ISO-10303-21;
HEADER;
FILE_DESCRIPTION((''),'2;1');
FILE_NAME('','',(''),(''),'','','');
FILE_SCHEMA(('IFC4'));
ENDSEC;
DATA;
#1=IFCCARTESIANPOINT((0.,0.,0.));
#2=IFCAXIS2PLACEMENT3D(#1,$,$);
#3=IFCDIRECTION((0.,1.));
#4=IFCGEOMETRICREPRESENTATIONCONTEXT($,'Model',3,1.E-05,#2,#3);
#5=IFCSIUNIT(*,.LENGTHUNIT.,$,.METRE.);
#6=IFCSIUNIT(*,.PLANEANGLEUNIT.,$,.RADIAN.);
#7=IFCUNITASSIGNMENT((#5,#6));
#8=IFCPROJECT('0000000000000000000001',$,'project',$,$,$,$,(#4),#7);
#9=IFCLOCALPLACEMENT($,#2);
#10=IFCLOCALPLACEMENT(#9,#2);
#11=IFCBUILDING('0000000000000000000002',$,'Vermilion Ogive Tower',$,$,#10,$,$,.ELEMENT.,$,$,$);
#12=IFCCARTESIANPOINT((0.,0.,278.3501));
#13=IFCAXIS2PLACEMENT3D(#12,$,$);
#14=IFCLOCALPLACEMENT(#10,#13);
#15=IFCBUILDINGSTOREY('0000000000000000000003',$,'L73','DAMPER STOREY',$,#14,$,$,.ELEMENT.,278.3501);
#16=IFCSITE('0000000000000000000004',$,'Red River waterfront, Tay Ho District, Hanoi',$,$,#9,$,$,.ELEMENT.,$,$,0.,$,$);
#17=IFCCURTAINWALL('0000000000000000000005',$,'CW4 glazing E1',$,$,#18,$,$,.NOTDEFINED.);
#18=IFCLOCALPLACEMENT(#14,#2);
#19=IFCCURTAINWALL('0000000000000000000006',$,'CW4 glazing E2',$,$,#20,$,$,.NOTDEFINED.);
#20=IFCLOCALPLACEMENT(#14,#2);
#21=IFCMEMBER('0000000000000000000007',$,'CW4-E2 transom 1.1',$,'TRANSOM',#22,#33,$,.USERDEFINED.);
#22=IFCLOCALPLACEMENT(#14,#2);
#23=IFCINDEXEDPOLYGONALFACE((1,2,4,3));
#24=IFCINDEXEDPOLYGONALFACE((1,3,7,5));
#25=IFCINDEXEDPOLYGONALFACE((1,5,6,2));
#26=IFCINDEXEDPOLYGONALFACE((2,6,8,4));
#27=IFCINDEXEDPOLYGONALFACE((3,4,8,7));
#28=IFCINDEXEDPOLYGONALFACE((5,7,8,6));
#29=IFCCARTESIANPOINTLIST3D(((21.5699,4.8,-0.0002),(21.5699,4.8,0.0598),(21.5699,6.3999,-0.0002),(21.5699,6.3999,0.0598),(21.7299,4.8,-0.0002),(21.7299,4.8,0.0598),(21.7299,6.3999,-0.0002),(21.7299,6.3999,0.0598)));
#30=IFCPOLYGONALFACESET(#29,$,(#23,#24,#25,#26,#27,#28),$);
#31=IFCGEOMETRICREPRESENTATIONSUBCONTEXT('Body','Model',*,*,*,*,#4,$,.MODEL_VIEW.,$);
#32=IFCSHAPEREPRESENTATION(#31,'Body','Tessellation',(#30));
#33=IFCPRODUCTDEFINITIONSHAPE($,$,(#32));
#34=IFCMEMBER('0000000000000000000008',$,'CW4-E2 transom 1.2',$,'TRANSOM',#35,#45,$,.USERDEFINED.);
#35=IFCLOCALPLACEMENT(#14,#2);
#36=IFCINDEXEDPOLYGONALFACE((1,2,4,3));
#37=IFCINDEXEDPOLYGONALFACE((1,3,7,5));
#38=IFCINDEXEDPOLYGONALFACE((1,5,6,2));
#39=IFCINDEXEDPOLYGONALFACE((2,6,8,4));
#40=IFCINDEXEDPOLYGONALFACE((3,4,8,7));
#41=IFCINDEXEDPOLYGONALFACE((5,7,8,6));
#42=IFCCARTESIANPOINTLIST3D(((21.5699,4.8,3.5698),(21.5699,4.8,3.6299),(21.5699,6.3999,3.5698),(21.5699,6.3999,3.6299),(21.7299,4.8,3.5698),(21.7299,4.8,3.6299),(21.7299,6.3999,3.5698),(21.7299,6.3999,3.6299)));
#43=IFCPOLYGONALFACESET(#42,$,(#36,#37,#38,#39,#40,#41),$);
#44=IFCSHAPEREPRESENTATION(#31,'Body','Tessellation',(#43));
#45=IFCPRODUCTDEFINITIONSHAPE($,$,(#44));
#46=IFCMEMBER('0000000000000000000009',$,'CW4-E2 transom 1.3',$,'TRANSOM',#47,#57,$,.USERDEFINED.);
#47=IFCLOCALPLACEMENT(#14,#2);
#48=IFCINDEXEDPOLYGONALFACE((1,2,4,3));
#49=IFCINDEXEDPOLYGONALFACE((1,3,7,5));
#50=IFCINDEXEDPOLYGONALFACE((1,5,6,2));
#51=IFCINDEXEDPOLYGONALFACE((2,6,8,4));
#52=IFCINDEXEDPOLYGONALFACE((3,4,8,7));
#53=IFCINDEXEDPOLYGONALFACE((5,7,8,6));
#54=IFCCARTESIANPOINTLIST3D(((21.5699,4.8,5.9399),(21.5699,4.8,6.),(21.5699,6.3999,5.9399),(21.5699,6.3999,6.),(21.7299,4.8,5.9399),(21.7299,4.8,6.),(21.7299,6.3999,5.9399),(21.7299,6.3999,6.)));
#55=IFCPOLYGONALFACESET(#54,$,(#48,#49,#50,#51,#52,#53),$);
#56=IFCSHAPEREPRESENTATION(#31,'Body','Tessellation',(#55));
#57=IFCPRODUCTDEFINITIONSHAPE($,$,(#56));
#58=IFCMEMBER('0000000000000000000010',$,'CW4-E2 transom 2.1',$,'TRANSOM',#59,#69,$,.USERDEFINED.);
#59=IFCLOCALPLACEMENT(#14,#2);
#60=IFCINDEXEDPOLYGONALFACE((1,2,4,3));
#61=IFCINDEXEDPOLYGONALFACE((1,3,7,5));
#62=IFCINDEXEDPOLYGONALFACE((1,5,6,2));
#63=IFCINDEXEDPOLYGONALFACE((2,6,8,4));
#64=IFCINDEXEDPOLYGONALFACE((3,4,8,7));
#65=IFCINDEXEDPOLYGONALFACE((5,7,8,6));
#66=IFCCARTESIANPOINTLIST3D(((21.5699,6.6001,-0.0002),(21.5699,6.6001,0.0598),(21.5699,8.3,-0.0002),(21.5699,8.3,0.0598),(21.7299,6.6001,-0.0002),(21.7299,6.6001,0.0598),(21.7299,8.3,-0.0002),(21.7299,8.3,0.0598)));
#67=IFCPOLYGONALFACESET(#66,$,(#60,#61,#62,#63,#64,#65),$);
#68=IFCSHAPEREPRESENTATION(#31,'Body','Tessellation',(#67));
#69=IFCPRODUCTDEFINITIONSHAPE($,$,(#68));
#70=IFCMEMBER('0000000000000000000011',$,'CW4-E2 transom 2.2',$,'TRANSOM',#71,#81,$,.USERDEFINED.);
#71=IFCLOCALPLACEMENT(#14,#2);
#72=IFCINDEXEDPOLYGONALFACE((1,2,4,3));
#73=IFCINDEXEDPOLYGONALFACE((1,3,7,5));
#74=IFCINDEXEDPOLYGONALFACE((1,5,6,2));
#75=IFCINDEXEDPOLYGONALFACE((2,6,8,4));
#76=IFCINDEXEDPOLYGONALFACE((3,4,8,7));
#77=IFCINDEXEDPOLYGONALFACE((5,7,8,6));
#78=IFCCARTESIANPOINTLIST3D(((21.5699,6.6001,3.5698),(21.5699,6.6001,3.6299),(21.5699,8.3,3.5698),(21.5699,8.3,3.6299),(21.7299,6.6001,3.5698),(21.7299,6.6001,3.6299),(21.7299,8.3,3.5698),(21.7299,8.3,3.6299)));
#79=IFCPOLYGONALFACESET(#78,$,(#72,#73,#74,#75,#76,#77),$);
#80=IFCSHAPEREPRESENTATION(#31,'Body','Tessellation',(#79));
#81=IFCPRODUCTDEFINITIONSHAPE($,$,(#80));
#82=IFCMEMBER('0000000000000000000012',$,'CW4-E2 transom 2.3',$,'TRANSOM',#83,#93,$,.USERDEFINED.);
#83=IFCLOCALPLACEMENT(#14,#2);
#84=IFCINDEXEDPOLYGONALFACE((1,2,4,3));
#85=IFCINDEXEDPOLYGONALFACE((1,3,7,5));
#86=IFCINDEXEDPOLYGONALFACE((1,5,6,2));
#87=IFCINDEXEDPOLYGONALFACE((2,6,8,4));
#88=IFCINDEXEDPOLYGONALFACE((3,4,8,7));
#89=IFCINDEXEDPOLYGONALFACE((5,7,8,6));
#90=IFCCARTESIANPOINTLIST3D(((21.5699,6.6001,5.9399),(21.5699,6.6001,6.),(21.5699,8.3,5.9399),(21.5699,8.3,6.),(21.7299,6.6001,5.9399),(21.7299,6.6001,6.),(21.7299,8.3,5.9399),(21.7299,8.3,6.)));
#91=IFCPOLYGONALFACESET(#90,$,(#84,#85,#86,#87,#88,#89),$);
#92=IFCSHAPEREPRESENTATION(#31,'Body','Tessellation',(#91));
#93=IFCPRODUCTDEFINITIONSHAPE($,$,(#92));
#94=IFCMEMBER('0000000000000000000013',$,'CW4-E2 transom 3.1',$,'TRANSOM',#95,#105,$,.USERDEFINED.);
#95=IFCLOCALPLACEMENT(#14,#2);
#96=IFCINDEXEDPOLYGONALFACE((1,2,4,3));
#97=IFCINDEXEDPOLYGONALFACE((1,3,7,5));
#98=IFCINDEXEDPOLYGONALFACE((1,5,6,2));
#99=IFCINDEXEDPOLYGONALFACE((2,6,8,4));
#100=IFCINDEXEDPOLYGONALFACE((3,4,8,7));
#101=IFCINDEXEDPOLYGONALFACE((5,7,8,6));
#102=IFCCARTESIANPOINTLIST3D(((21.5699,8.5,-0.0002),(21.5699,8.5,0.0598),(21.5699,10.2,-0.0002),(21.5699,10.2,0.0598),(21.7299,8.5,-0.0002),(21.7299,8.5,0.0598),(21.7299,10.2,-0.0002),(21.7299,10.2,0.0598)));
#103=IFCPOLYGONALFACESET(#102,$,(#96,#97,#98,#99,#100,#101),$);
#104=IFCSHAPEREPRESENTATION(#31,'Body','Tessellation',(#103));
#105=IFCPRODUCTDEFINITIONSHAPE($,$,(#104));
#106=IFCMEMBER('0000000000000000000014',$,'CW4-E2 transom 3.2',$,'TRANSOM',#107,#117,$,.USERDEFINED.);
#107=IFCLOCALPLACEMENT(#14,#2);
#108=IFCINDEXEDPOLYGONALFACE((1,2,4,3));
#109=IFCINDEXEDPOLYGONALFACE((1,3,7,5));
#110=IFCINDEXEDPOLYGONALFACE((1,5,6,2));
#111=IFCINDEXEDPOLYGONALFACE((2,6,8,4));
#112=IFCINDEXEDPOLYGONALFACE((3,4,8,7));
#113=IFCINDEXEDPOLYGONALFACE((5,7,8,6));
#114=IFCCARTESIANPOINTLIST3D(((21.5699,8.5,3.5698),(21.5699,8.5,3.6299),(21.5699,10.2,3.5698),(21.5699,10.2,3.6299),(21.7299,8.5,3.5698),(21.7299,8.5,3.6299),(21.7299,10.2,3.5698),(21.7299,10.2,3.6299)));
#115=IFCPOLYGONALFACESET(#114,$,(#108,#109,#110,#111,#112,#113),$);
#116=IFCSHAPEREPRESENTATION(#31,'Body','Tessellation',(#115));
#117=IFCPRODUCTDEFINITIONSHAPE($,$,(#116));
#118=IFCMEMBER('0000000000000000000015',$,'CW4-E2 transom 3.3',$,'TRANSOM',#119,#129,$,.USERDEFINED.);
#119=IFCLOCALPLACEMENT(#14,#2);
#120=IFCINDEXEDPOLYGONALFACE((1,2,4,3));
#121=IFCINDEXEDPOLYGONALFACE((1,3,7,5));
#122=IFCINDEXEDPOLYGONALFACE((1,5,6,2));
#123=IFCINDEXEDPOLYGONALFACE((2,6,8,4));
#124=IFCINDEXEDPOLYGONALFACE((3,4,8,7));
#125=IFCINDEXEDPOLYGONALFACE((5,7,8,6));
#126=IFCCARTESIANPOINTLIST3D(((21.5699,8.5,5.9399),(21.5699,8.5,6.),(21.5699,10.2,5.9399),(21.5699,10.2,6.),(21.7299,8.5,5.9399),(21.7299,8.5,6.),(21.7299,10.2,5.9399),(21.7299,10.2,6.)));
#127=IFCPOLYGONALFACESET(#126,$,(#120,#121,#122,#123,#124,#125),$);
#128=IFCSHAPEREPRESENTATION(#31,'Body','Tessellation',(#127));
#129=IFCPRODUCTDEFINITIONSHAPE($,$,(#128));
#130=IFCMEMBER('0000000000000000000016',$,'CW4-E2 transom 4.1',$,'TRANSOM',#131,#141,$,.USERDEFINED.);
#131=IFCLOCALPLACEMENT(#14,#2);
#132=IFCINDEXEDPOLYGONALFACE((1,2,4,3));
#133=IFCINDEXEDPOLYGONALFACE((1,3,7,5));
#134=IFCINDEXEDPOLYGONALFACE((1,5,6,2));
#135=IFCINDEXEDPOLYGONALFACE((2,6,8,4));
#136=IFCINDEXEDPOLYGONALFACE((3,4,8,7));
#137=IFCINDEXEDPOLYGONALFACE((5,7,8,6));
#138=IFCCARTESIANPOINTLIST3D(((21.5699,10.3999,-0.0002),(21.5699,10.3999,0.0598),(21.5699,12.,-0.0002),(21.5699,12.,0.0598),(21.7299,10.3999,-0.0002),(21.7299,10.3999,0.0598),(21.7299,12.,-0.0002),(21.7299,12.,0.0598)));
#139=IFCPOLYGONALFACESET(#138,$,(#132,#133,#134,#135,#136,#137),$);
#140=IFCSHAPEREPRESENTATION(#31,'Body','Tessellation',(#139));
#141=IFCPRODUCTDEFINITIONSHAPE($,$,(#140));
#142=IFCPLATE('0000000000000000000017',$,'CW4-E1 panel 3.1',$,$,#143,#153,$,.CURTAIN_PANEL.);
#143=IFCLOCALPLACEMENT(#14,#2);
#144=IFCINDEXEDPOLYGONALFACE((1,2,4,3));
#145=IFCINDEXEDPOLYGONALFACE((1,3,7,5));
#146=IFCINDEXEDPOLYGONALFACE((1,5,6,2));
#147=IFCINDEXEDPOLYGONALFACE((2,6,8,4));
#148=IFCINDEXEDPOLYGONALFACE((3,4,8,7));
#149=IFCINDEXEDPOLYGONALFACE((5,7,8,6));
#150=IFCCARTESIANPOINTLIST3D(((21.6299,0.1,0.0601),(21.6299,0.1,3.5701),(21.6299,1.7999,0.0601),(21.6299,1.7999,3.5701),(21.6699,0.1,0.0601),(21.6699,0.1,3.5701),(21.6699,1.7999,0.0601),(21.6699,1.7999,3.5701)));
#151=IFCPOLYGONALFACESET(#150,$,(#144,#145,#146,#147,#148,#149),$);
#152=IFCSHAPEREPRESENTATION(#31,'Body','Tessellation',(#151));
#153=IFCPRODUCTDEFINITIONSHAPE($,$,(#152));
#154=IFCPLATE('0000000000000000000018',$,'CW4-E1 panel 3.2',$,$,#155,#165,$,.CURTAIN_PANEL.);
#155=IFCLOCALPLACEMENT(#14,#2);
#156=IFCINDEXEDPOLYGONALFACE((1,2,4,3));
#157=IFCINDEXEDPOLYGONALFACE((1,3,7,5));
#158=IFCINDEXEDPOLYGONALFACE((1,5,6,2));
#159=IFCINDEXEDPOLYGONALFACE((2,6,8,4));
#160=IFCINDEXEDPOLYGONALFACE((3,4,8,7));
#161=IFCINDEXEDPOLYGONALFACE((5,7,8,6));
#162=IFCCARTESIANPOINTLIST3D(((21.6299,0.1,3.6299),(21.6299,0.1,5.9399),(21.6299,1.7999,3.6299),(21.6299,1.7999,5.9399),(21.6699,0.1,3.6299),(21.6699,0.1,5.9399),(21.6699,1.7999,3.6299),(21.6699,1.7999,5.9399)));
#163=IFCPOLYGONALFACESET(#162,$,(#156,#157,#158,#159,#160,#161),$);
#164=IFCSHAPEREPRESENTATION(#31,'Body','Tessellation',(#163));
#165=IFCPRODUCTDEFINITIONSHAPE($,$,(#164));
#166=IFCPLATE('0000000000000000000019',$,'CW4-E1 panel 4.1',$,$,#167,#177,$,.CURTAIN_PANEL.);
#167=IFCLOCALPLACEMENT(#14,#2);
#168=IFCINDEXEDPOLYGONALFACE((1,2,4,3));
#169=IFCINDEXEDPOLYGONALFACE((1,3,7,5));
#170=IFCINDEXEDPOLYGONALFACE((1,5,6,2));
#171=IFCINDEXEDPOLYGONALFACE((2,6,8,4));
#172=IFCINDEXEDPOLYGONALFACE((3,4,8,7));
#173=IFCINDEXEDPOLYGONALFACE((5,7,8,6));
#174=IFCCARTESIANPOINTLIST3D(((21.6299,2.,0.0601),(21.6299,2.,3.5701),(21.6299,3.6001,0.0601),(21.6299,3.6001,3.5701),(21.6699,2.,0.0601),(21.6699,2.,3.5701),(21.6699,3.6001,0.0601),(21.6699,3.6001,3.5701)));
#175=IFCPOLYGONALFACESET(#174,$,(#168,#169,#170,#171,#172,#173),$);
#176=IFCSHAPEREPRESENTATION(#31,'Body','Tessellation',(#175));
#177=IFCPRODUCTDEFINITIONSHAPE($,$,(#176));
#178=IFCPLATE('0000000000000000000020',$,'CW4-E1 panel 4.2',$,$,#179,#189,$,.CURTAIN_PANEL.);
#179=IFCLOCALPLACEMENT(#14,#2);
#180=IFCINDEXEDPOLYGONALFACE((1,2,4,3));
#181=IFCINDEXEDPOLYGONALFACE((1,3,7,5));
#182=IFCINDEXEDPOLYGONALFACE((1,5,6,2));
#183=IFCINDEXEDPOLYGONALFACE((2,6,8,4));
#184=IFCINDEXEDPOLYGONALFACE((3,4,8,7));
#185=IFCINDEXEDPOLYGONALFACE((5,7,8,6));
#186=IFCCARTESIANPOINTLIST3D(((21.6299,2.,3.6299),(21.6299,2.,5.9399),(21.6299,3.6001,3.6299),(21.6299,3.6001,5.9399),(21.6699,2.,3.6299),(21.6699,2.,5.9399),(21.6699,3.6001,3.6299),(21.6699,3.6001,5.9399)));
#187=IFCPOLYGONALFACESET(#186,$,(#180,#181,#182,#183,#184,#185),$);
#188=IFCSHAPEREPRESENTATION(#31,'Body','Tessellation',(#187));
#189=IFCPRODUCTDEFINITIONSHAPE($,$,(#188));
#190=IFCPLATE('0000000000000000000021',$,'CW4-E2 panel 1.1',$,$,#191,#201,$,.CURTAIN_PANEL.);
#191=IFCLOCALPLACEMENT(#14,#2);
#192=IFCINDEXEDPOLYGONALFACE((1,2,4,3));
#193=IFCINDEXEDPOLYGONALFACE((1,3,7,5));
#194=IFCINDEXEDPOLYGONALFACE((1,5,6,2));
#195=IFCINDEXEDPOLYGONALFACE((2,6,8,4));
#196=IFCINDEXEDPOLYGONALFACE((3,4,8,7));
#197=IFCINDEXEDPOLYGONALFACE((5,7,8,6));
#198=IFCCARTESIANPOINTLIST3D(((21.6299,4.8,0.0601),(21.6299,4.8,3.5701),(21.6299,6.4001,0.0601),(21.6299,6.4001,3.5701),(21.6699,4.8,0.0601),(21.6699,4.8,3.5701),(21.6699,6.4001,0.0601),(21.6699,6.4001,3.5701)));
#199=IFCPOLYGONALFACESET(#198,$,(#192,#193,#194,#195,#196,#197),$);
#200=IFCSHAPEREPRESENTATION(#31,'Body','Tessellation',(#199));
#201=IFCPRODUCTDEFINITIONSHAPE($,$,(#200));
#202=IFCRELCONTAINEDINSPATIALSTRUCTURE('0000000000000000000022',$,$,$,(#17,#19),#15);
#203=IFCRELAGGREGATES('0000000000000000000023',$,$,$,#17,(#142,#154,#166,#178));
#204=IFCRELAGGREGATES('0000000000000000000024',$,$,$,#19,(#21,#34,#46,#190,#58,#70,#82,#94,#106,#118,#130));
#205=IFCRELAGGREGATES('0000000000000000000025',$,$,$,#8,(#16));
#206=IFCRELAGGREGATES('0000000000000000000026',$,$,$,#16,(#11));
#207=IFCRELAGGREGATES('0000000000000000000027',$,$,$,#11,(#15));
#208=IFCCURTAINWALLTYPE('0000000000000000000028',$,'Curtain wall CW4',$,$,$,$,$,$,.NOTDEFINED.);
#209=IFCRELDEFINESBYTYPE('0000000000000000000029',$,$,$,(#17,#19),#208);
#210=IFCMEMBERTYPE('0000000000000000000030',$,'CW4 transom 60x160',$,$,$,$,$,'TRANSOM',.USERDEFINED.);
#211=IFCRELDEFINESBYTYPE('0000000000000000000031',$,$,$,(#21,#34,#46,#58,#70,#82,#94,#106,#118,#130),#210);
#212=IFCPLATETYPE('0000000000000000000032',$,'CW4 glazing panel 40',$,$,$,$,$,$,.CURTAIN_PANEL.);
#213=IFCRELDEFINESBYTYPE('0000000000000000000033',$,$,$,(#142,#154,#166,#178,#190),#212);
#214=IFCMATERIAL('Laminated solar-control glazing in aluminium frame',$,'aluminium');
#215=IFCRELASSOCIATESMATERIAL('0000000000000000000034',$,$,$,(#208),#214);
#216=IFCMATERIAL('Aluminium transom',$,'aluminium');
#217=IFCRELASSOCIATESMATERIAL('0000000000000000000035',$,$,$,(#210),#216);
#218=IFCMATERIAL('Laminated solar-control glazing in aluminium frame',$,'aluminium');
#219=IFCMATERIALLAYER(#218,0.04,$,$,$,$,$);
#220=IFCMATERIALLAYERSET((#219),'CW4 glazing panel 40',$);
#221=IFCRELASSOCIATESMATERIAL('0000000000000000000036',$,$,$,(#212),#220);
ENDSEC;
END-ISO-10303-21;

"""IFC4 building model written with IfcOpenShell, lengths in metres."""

from ifc_helpers import new_model, si_unit, direction, frame, origin, origin_2d, place, context, subcontext, project, spatial, rectangle, extrude, material, layer, layer_set, material_profile, profile_set, type_object, element, aggregate, save


model = new_model("IFC4")

# Units and contexts
model_context = context("Model", 3, precision=1e-05, world=origin(), true_north=direction((0.0, 1.0)))
body_context = subcontext(model_context, "Body", "Model", "MODEL_VIEW")
ifc_project = project(units=[si_unit("LENGTHUNIT", "METRE"), si_unit("PLANEANGLEUNIT", "RADIAN")], contexts=[model_context])

# Site, building, storey
site_placement = place(None, origin())
site = spatial("IfcSite", under=ifc_project, at=site_placement, Name="Red River waterfront, Tay Ho District, Hanoi", CompositionType="ELEMENT", RefElevation=0.0)
building_placement = place(site_placement, origin())
building = spatial("IfcBuilding", under=site, at=building_placement, Name="Vermilion Ogive Tower", CompositionType="ELEMENT")
storey_placement = place(building_placement, frame((0.0, 0.0, 278.3501)))
storey = spatial("IfcBuildingStorey", under=building, at=storey_placement, Name="L73", Description="DAMPER STOREY", CompositionType="ELEMENT", Elevation=278.3501)

# Curtain walls
ifc_material_1 = material(Name="Laminated solar-control glazing in aluminium frame", Category="aluminium")
curtain_wall_type = type_object("IfcCurtainWallType", Name="Curtain wall CW4", PredefinedType="NOTDEFINED", material=ifc_material_1)
curtain_wall_1_placement = place(storey_placement, origin())
curtain_wall_1 = element("IfcCurtainWall", 1, at=curtain_wall_1_placement, inside=storey, type_object=curtain_wall_type, Name="CW4 glazing E1", PredefinedType="NOTDEFINED")
curtain_wall_2_placement = place(storey_placement, origin())
curtain_wall_2 = element("IfcCurtainWall", 2, at=curtain_wall_2_placement, inside=storey, type_object=curtain_wall_type, Name="CW4 glazing E2", PredefinedType="NOTDEFINED")

# Members
ifc_material_2 = material(Name="Aluminium transom", Category="aluminium")
ifc_material_profile_1 = material_profile(ifc_material_2, rectangle(XDim=0.1599, YDim=0.0601, at=origin_2d()), Name="AL 60x160")
ifc_profile_set_1 = profile_set([ifc_material_profile_1], Name="Aluminium transom")
member_type_1 = type_object("IfcMemberType", Name="CW4 transom 60x160", ElementType="TRANSOM", PredefinedType="USERDEFINED", material=ifc_profile_set_1)
member_1_placement = place(storey_placement, frame((21.6499, 4.8, 0.0298), z_axis=(0.0, 1.0, 0.0), x_axis=(-1.0, 0.0, 0.0)))
member_1 = element("IfcMember", 3, at=member_1_placement, type_object=member_type_1, Name="CW4-E2 transom 1.1", ObjectType="TRANSOM", PredefinedType="USERDEFINED", context=body_context, shape_type="SweptSolid", body=[
    extrude(rectangle(XDim=0.1599, YDim=0.0601, at=origin_2d()), origin(), (0.0, 0.0, 1.0), 1.5999),
])
member_2_placement = place(storey_placement, frame((21.6499, 4.8, 3.5999), z_axis=(0.0, 1.0, 0.0), x_axis=(-1.0, 0.0, 0.0)))
member_2 = element("IfcMember", 4, at=member_2_placement, type_object=member_type_1, Name="CW4-E2 transom 1.2", ObjectType="TRANSOM", PredefinedType="USERDEFINED", context=body_context, shape_type="SweptSolid", body=[
    extrude(rectangle(XDim=0.1599, YDim=0.0601, at=origin_2d()), origin(), (0.0, 0.0, 1.0), 1.5999),
])
member_3_placement = place(storey_placement, frame((21.6499, 4.8, 5.97), z_axis=(0.0, 1.0, 0.0), x_axis=(-1.0, 0.0, 0.0)))
member_3 = element("IfcMember", 5, at=member_3_placement, type_object=member_type_1, Name="CW4-E2 transom 1.3", ObjectType="TRANSOM", PredefinedType="USERDEFINED", context=body_context, shape_type="SweptSolid", body=[
    extrude(rectangle(XDim=0.1599, YDim=0.0601, at=origin_2d()), origin(), (0.0, 0.0, 1.0), 1.5999),
])
member_4_placement = place(storey_placement, frame((21.6499, 6.6001, 0.0298), z_axis=(0.0, 1.0, 0.0), x_axis=(-1.0, 0.0, 0.0)))
member_4 = element("IfcMember", 6, at=member_4_placement, type_object=member_type_1, Name="CW4-E2 transom 2.1", ObjectType="TRANSOM", PredefinedType="USERDEFINED", context=body_context, shape_type="SweptSolid", body=[
    extrude(rectangle(XDim=0.1599, YDim=0.0601, at=origin_2d()), origin(), (0.0, 0.0, 1.0), 1.7),
])
member_5_placement = place(storey_placement, frame((21.6499, 6.6001, 3.5999), z_axis=(0.0, 1.0, 0.0), x_axis=(-1.0, 0.0, 0.0)))
member_5 = element("IfcMember", 7, at=member_5_placement, type_object=member_type_1, Name="CW4-E2 transom 2.2", ObjectType="TRANSOM", PredefinedType="USERDEFINED", context=body_context, shape_type="SweptSolid", body=[
    extrude(rectangle(XDim=0.1599, YDim=0.0601, at=origin_2d()), origin(), (0.0, 0.0, 1.0), 1.7),
])
member_6_placement = place(storey_placement, frame((21.6499, 6.6001, 5.97), z_axis=(0.0, 1.0, 0.0), x_axis=(-1.0, 0.0, 0.0)))
member_6 = element("IfcMember", 8, at=member_6_placement, type_object=member_type_1, Name="CW4-E2 transom 2.3", ObjectType="TRANSOM", PredefinedType="USERDEFINED", context=body_context, shape_type="SweptSolid", body=[
    extrude(rectangle(XDim=0.1599, YDim=0.0601, at=origin_2d()), origin(), (0.0, 0.0, 1.0), 1.7),
])
member_7_placement = place(storey_placement, frame((21.6499, 8.5, 0.0298), z_axis=(0.0, 1.0, 0.0), x_axis=(-1.0, 0.0, 0.0)))
member_7 = element("IfcMember", 9, at=member_7_placement, type_object=member_type_1, Name="CW4-E2 transom 3.1", ObjectType="TRANSOM", PredefinedType="USERDEFINED", context=body_context, shape_type="SweptSolid", body=[
    extrude(rectangle(XDim=0.1599, YDim=0.0601, at=origin_2d()), origin(), (0.0, 0.0, 1.0), 1.7),
])
member_8_placement = place(storey_placement, frame((21.6499, 8.5, 3.5999), z_axis=(0.0, 1.0, 0.0), x_axis=(-1.0, 0.0, 0.0)))
member_8 = element("IfcMember", 10, at=member_8_placement, type_object=member_type_1, Name="CW4-E2 transom 3.2", ObjectType="TRANSOM", PredefinedType="USERDEFINED", context=body_context, shape_type="SweptSolid", body=[
    extrude(rectangle(XDim=0.1599, YDim=0.0601, at=origin_2d()), origin(), (0.0, 0.0, 1.0), 1.7),
])
member_9_placement = place(storey_placement, frame((21.6499, 8.5, 5.97), z_axis=(0.0, 1.0, 0.0), x_axis=(-1.0, 0.0, 0.0)))
member_9 = element("IfcMember", 11, at=member_9_placement, type_object=member_type_1, Name="CW4-E2 transom 3.3", ObjectType="TRANSOM", PredefinedType="USERDEFINED", context=body_context, shape_type="SweptSolid", body=[
    extrude(rectangle(XDim=0.1599, YDim=0.0601, at=origin_2d()), origin(), (0.0, 0.0, 1.0), 1.7),
])
member_10_placement = place(storey_placement, frame((21.6499, 10.3999, 0.0298), z_axis=(0.0, 1.0, 0.0), x_axis=(-1.0, 0.0, 0.0)))
member_10 = element("IfcMember", 12, at=member_10_placement, type_object=member_type_1, Name="CW4-E2 transom 4.1", ObjectType="TRANSOM", PredefinedType="USERDEFINED", context=body_context, shape_type="SweptSolid", body=[
    extrude(rectangle(XDim=0.1599, YDim=0.0601, at=origin_2d()), origin(), (0.0, 0.0, 1.0), 1.6001),
])

# Plates
ifc_material_3 = material(Name="Laminated solar-control glazing in aluminium frame", Category="aluminium")
ifc_layer_1 = layer(ifc_material_3, 0.04)
ifc_layer_set_1 = layer_set([ifc_layer_1], Name="CW4 glazing panel 40")
plate_type = type_object("IfcPlateType", Name="CW4 glazing panel 40", PredefinedType="CURTAIN_PANEL", material=ifc_layer_set_1)
plate_1_placement = place(storey_placement, frame((21.6499, 0.95, 0.0601), z_axis=(0.0, 0.0, 1.0), x_axis=(0.0, 1.0, 0.0)))
plate_1 = element("IfcPlate", 13, at=plate_1_placement, type_object=plate_type, Name="CW4-E1 panel 3.1", PredefinedType="CURTAIN_PANEL", context=body_context, shape_type="SweptSolid", body=[
    extrude(rectangle(XDim=1.7, YDim=0.04, at=origin_2d()), origin(), (0.0, 0.0, 1.0), 3.51),
])
plate_2_placement = place(storey_placement, frame((21.6499, 0.95, 3.6299), z_axis=(0.0, 0.0, 1.0), x_axis=(0.0, 1.0, 0.0)))
plate_2 = element("IfcPlate", 14, at=plate_2_placement, type_object=plate_type, Name="CW4-E1 panel 3.2", PredefinedType="CURTAIN_PANEL", context=body_context, shape_type="SweptSolid", body=[
    extrude(rectangle(XDim=1.7, YDim=0.04, at=origin_2d()), origin(), (0.0, 0.0, 1.0), 2.3101),
])
plate_3_placement = place(storey_placement, frame((21.6499, 2.8, 0.0601), z_axis=(0.0, 0.0, 1.0), x_axis=(0.0, 1.0, 0.0)))
plate_3 = element("IfcPlate", 15, at=plate_3_placement, type_object=plate_type, Name="CW4-E1 panel 4.1", PredefinedType="CURTAIN_PANEL", context=body_context, shape_type="SweptSolid", body=[
    extrude(rectangle(XDim=1.6001, YDim=0.04, at=origin_2d()), origin(), (0.0, 0.0, 1.0), 3.51),
])
plate_4_placement = place(storey_placement, frame((21.6499, 2.8, 3.6299), z_axis=(0.0, 0.0, 1.0), x_axis=(0.0, 1.0, 0.0)))
plate_4 = element("IfcPlate", 16, at=plate_4_placement, type_object=plate_type, Name="CW4-E1 panel 4.2", PredefinedType="CURTAIN_PANEL", context=body_context, shape_type="SweptSolid", body=[
    extrude(rectangle(XDim=1.6001, YDim=0.04, at=origin_2d()), origin(), (0.0, 0.0, 1.0), 2.3101),
])
aggregate(curtain_wall_1, [plate_1, plate_2, plate_3, plate_4])
plate_5_placement = place(storey_placement, frame((21.6499, 5.6001, 0.0601), z_axis=(0.0, 0.0, 1.0), x_axis=(0.0, 1.0, 0.0)))
plate_5 = element("IfcPlate", 17, at=plate_5_placement, type_object=plate_type, Name="CW4-E2 panel 1.1", PredefinedType="CURTAIN_PANEL", context=body_context, shape_type="SweptSolid", body=[
    extrude(rectangle(XDim=1.6001, YDim=0.04, at=origin_2d()), origin(), (0.0, 0.0, 1.0), 3.51),
])
aggregate(curtain_wall_2, [member_1, member_2, member_3, plate_5, member_4, member_5, member_6, member_7, member_8, member_9, member_10])

save(model, "model.ifc")
